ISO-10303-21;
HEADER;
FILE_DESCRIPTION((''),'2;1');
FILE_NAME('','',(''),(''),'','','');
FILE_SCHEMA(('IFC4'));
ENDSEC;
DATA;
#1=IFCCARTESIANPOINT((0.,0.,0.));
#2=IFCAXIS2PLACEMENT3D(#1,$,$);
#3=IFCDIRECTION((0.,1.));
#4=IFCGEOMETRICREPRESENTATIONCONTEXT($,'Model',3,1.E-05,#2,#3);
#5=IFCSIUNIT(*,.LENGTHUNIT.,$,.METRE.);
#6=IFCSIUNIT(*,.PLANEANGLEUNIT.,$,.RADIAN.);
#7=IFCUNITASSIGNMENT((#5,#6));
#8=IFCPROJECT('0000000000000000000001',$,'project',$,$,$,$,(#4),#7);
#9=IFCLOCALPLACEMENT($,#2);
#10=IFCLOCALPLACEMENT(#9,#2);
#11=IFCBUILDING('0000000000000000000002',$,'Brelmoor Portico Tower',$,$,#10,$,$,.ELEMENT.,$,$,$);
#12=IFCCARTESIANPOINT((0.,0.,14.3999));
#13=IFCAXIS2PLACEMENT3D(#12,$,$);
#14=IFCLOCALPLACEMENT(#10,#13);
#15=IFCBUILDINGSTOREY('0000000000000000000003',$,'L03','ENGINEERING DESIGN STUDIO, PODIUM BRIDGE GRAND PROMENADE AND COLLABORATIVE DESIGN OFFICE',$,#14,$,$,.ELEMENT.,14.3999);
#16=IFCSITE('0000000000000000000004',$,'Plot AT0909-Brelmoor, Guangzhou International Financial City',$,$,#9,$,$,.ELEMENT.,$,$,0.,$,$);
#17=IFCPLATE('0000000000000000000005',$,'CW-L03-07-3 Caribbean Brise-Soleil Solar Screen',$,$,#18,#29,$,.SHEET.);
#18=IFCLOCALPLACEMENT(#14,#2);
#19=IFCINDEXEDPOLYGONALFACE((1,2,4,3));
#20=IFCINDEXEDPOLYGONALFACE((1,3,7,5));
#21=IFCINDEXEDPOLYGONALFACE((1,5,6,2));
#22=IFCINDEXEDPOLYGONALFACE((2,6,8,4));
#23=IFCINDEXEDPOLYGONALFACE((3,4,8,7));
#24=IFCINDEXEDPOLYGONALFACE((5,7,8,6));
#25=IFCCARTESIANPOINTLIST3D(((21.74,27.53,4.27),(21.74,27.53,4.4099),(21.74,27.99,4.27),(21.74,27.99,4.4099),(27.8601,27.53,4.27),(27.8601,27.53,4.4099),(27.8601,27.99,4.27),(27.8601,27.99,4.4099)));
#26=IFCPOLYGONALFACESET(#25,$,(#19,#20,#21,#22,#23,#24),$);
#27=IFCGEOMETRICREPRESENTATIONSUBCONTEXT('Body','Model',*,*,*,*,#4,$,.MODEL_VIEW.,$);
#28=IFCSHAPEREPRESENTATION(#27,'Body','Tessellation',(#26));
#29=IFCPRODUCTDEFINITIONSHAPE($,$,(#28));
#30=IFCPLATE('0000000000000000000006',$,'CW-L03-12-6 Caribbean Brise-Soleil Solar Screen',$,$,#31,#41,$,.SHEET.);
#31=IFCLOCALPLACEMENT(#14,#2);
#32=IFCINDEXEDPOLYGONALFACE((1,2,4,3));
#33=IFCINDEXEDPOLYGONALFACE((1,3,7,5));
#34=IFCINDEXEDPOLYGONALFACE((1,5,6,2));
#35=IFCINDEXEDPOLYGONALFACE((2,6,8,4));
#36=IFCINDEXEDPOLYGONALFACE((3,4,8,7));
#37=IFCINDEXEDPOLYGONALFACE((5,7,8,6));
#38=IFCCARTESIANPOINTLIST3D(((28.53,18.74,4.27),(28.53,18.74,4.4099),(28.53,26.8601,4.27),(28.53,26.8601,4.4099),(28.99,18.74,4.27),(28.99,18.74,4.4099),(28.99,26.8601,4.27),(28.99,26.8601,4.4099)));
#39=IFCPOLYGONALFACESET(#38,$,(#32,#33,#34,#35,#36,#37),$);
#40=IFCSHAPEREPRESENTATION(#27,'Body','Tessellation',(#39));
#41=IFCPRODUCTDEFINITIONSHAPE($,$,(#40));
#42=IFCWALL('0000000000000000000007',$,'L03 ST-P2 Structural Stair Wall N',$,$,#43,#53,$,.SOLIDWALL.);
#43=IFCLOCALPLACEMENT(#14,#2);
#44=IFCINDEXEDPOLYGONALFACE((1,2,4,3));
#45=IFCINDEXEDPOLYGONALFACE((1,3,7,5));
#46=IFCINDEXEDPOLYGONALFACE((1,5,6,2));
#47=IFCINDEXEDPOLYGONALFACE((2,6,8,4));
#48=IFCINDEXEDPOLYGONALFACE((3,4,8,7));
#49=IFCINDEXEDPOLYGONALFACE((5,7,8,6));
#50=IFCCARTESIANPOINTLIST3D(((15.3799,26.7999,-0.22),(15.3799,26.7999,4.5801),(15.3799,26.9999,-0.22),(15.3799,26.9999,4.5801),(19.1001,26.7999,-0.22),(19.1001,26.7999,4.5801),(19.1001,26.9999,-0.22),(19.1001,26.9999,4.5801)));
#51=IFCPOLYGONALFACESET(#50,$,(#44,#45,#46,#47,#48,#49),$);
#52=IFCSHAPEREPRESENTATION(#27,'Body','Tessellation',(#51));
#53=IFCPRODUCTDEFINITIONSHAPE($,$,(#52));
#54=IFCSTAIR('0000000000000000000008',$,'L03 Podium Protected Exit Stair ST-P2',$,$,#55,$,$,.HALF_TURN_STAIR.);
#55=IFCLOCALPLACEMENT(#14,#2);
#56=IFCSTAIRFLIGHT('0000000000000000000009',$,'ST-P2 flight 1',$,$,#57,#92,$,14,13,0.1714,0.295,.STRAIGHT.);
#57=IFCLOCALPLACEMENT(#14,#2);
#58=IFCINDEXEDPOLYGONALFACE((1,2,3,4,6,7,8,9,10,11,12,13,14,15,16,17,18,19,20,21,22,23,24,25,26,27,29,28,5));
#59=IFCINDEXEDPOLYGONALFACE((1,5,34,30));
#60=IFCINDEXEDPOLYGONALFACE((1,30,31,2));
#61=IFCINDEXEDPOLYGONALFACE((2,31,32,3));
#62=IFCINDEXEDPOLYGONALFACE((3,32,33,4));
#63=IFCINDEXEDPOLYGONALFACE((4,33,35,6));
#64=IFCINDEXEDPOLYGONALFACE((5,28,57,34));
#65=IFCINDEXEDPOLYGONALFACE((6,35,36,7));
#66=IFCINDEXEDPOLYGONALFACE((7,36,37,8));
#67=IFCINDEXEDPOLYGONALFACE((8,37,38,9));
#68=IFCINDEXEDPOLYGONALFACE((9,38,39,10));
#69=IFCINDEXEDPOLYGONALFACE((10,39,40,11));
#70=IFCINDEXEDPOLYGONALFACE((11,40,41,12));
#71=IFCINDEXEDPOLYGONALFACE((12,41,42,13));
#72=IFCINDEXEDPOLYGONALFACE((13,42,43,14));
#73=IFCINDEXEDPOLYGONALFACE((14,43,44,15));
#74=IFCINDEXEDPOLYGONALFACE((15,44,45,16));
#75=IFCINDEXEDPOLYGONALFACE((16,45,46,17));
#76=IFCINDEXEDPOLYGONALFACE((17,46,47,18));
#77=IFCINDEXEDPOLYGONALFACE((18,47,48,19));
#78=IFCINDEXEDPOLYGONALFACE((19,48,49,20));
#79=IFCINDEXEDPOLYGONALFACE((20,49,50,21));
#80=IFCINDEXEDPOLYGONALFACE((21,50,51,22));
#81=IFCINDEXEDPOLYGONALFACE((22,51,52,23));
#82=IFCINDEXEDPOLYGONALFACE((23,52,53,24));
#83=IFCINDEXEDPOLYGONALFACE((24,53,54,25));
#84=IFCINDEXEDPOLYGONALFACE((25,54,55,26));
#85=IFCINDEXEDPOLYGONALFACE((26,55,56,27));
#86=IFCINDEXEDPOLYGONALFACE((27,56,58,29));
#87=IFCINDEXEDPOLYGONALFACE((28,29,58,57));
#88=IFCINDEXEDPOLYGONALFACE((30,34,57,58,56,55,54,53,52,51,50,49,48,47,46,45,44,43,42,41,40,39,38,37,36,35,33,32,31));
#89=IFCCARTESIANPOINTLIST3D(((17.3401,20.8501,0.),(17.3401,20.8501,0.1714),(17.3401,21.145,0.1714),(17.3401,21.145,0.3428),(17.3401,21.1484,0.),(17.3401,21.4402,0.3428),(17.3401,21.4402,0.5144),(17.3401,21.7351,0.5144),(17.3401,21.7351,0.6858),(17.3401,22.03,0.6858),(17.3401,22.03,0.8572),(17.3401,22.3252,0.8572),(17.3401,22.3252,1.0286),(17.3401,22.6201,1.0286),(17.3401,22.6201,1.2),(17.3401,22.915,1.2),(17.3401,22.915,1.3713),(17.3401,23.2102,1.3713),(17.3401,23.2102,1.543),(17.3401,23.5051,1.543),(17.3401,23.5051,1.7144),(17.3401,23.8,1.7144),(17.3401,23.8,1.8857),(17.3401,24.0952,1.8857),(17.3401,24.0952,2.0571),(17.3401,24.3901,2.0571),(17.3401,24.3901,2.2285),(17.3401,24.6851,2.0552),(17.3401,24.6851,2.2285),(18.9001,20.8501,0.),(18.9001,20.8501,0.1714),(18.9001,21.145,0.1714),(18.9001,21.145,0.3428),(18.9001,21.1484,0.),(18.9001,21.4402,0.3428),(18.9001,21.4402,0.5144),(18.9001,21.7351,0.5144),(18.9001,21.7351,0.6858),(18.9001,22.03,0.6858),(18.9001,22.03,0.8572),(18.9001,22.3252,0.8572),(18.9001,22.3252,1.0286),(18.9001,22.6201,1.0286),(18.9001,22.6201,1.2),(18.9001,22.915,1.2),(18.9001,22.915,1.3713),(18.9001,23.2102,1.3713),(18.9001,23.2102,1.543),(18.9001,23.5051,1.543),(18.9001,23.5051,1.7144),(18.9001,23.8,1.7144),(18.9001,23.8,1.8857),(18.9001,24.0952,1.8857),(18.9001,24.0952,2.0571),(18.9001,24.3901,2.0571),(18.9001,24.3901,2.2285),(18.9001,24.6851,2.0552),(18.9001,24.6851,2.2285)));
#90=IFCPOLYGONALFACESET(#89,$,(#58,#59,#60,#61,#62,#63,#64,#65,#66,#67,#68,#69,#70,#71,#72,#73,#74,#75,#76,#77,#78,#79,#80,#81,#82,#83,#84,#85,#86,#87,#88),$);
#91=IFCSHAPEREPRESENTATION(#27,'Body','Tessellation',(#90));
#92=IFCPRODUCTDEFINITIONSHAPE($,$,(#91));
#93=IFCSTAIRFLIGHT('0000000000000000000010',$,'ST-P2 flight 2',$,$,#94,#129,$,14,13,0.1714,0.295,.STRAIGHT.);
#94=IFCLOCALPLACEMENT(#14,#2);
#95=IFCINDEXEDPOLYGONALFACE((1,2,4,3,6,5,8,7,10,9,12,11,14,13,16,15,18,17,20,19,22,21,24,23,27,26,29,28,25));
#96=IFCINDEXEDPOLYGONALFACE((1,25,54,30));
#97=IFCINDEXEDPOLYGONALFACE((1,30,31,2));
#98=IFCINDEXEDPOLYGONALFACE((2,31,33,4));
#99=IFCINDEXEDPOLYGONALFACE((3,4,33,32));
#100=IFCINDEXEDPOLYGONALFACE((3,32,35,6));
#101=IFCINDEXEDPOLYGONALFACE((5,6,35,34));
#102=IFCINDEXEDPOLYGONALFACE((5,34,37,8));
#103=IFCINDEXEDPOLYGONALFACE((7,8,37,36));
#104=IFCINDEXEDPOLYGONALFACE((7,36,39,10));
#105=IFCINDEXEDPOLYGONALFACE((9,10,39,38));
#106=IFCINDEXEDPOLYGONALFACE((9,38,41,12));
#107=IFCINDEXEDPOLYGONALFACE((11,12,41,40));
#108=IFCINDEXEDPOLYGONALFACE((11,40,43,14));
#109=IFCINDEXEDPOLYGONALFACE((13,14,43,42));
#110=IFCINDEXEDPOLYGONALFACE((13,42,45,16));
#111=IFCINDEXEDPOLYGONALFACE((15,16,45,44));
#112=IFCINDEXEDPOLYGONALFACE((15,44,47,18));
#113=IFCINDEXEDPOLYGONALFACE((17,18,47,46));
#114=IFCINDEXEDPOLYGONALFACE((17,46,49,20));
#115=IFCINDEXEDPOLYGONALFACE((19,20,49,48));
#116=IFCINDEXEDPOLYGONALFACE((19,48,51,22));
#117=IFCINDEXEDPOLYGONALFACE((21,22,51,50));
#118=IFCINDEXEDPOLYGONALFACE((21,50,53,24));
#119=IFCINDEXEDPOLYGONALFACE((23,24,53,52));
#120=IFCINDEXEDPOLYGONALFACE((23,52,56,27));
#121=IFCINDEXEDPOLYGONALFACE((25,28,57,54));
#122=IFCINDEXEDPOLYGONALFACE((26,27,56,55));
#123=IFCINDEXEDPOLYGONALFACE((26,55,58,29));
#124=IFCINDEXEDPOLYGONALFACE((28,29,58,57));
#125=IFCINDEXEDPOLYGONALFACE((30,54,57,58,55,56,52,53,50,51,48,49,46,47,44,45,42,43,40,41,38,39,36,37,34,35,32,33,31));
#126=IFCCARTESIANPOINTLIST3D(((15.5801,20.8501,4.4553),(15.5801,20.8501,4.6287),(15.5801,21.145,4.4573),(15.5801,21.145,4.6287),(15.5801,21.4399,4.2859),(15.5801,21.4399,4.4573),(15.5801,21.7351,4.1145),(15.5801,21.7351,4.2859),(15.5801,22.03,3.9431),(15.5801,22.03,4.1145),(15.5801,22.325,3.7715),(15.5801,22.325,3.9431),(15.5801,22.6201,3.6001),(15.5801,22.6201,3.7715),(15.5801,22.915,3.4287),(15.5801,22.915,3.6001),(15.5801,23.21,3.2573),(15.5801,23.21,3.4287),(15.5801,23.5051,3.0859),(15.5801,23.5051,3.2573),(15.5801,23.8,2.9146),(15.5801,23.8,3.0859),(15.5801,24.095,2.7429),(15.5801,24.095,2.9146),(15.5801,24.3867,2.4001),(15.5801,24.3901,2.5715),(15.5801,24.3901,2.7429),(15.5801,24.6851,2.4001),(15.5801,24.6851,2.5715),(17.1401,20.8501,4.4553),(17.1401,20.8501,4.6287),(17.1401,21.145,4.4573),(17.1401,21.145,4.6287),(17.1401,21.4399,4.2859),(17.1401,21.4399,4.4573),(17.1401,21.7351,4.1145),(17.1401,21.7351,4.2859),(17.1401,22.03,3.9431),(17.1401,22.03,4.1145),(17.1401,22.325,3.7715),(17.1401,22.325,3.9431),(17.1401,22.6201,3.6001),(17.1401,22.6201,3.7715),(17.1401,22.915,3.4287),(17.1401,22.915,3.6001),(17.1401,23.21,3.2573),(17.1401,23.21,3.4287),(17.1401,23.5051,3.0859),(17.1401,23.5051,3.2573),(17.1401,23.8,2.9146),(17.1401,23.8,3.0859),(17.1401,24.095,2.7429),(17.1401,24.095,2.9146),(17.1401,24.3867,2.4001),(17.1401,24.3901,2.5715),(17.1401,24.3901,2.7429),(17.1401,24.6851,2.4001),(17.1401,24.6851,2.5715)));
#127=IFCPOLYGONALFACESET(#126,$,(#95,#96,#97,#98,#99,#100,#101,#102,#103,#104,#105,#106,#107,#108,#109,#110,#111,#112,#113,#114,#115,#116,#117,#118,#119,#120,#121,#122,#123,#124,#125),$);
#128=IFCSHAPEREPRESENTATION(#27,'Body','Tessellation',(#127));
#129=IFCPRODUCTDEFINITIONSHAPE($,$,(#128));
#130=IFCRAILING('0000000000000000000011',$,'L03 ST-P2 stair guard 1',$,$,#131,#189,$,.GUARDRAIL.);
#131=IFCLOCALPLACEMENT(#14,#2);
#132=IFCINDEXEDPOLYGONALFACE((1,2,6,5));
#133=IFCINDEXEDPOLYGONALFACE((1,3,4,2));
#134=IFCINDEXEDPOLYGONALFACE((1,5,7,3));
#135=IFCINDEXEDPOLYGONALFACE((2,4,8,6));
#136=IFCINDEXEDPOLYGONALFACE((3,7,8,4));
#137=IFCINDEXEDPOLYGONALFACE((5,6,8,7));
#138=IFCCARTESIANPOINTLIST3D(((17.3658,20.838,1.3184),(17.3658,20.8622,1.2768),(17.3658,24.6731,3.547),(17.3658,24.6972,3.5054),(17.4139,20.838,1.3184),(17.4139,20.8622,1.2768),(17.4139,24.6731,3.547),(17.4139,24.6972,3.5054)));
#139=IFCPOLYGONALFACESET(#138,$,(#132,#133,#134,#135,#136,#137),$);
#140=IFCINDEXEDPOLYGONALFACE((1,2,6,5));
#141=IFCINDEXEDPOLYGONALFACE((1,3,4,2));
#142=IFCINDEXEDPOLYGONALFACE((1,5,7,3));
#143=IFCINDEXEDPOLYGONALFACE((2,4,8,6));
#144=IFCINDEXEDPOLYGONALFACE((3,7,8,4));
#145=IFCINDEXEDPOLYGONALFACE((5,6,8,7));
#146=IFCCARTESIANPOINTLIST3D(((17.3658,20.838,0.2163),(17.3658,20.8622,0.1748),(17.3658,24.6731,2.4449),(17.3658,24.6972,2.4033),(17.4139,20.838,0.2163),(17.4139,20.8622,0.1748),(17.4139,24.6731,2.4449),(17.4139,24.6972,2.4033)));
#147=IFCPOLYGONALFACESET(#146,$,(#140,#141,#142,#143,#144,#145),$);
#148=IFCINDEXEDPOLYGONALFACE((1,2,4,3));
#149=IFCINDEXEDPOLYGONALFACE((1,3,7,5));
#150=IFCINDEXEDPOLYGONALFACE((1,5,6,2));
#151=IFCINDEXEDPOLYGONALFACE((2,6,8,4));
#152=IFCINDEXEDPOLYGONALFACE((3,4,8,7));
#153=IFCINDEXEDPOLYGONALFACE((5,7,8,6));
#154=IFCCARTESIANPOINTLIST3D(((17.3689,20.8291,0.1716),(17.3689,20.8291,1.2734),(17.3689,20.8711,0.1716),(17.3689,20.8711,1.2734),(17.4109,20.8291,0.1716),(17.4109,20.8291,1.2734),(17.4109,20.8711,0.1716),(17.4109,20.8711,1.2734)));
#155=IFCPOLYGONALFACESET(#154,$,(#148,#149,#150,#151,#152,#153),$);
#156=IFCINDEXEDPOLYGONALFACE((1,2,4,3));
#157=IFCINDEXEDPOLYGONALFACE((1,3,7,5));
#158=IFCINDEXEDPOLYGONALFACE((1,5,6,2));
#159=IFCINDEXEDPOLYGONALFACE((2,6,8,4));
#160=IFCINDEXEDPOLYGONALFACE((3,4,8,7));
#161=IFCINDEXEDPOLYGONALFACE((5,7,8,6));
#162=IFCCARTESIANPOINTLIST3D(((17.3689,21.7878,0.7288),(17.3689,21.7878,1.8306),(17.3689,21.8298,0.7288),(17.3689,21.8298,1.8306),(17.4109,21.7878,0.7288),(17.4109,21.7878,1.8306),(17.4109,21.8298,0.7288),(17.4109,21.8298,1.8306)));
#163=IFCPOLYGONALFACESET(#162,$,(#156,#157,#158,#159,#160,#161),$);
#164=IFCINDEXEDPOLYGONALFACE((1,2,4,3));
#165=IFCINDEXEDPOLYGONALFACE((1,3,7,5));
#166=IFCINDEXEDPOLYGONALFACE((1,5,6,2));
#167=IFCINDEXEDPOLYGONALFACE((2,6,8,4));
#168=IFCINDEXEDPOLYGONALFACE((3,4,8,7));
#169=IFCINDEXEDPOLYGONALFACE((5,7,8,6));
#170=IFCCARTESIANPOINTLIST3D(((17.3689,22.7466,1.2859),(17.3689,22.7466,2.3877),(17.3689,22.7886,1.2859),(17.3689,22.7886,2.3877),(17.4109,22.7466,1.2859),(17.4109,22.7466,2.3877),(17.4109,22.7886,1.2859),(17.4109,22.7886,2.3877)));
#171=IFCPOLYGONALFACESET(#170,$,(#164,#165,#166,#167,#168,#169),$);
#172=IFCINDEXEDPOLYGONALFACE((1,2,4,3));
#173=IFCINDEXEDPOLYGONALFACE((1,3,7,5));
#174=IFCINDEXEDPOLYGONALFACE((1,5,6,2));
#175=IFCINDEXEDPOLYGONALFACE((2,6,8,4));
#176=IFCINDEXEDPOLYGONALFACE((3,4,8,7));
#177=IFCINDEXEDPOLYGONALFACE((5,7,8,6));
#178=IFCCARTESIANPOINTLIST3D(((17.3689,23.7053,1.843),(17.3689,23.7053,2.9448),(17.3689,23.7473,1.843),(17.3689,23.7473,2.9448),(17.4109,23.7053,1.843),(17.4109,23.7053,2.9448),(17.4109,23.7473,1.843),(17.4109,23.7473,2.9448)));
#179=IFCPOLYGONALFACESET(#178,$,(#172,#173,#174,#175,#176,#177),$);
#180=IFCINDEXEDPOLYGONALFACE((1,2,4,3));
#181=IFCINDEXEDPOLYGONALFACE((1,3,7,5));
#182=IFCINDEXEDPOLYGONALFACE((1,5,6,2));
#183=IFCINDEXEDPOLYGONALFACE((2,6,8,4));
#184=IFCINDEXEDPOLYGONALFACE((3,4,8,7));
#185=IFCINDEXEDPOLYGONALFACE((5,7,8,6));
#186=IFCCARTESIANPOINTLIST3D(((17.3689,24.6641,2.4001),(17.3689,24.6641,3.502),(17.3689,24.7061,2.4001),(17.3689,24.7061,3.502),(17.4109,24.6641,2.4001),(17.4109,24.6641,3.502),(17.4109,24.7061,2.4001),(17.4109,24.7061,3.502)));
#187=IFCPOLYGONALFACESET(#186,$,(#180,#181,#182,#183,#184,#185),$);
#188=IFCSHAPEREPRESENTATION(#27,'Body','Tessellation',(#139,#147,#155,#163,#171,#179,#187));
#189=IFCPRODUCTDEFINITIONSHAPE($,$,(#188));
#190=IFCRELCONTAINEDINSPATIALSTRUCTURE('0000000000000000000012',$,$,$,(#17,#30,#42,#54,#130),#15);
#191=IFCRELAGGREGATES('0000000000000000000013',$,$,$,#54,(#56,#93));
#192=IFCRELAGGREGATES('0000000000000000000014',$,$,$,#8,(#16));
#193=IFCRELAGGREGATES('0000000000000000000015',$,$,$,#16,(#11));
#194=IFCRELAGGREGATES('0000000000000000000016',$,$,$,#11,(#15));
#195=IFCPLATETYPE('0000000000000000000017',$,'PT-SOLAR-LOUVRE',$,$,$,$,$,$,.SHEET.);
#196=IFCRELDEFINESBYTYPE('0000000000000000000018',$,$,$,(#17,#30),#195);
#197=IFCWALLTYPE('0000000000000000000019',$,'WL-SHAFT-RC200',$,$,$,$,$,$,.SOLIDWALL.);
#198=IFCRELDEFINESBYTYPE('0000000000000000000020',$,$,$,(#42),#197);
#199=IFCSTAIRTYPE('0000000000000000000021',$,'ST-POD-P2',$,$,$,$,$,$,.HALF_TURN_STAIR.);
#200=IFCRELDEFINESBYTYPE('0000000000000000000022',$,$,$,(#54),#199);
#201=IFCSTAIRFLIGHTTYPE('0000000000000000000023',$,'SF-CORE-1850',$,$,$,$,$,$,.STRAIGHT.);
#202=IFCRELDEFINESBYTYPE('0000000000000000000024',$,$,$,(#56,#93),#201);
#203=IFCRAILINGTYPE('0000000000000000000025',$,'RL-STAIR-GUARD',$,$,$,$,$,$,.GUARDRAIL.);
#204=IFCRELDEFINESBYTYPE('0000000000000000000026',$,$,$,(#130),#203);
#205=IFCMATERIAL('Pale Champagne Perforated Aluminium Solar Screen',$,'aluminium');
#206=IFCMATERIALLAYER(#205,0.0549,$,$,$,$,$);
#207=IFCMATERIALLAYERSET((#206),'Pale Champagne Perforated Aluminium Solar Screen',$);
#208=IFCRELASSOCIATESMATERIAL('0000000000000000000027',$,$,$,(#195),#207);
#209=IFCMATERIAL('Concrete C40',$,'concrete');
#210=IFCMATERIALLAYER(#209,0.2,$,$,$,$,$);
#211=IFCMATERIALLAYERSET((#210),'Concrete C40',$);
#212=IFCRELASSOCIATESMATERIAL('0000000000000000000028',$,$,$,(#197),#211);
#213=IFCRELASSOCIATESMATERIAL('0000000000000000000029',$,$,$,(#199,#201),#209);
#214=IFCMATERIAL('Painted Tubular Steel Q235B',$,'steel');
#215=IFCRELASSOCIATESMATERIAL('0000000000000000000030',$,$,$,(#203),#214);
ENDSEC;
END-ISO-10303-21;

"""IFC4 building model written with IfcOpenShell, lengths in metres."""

from ifc_helpers import new_model, si_unit, direction, frame, frame_2d, origin, origin_2d, place, context, subcontext, project, spatial, polyline, rectangle, outline, extrude, material, layer, layer_set, type_object, element, aggregate, save


model = new_model("IFC4")

# Units and contexts
model_context = context("Model", 3, precision=1e-05, world=origin(), true_north=direction((0.0, 1.0)))
body_context = subcontext(model_context, "Body", "Model", "MODEL_VIEW")
ifc_project = project(units=[si_unit("LENGTHUNIT", "METRE"), si_unit("PLANEANGLEUNIT", "RADIAN")], contexts=[model_context])

# Site, building, storey
site_placement = place(None, origin())
site = spatial("IfcSite", under=ifc_project, at=site_placement, Name="Plot AT0909-Brelmoor, Guangzhou International Financial City", CompositionType="ELEMENT", RefElevation=0.0)
building_placement = place(site_placement, origin())
building = spatial("IfcBuilding", under=site, at=building_placement, Name="Brelmoor Portico Tower", CompositionType="ELEMENT")
storey_placement = place(building_placement, frame((0.0, 0.0, 14.3999)))
storey = spatial("IfcBuildingStorey", under=building, at=storey_placement, Name="L03", Description="ENGINEERING DESIGN STUDIO, PODIUM BRIDGE GRAND PROMENADE AND COLLABORATIVE DESIGN OFFICE", CompositionType="ELEMENT", Elevation=14.3999)

# Plates
ifc_material_1 = material(Name="Pale Champagne Perforated Aluminium Solar Screen", Category="aluminium")
ifc_layer_1 = layer(ifc_material_1, 0.0549)
ifc_layer_set_1 = layer_set([ifc_layer_1], Name="Pale Champagne Perforated Aluminium Solar Screen")
plate_type_1 = type_object("IfcPlateType", Name="PT-SOLAR-LOUVRE", PredefinedType="SHEET", material=ifc_layer_set_1)
plate_1_placement = place(storey_placement, frame((24.8, 27.76, 4.27), z_axis=(0.0, 0.0, 1.0), x_axis=(1.0, 0.0, 0.0)))
element("IfcPlate", 1, at=plate_1_placement, inside=storey, type_object=plate_type_1, Name="CW-L03-07-3 Caribbean Brise-Soleil Solar Screen", PredefinedType="SHEET", context=body_context, shape_type="SweptSolid", body=[
    extrude(rectangle(XDim=6.1201, YDim=0.46, at=origin_2d()), origin(), (0.0, 0.0, 1.0), 0.1399),
])
plate_2_placement = place(storey_placement, frame((28.76, 22.8, 4.27), z_axis=(0.0, 0.0, 1.0), x_axis=(0.0, 1.0, 0.0)))
element("IfcPlate", 2, at=plate_2_placement, inside=storey, type_object=plate_type_1, Name="CW-L03-12-6 Caribbean Brise-Soleil Solar Screen", PredefinedType="SHEET", context=body_context, shape_type="SweptSolid", body=[
    extrude(rectangle(XDim=8.1201, YDim=0.46, at=origin_2d()), origin(), (0.0, 0.0, 1.0), 0.1399),
])

# Wall
ifc_material_2 = material(Name="Concrete C40", Category="concrete")
ifc_layer_2 = layer(ifc_material_2, 0.2)
ifc_layer_set_2 = layer_set([ifc_layer_2], Name="Concrete C40")
wall_type = type_object("IfcWallType", Name="WL-SHAFT-RC200", PredefinedType="SOLIDWALL", material=ifc_layer_set_2)
wall_placement = place(storey_placement, frame((15.3799, 26.8999, -0.22), z_axis=(0.0, 0.0, 1.0), x_axis=(1.0, 0.0, 0.0)))
element("IfcWall", 3, at=wall_placement, inside=storey, type_object=wall_type, Name="L03 ST-P2 Structural Stair Wall N", PredefinedType="SOLIDWALL", context=body_context, shape_type="SweptSolid", body=[
    extrude(rectangle(XDim=3.7202, YDim=0.2, at=frame_2d((1.8601, 0.0))), origin(), (0.0, 0.0, 1.0), 4.8),
])

# Stair, stair flights
stair_type = type_object("IfcStairType", Name="ST-POD-P2", PredefinedType="HALF_TURN_STAIR", material=ifc_material_2)
stair_placement = place(storey_placement, origin())
stair = element("IfcStair", 4, at=stair_placement, inside=storey, type_object=stair_type, Name="L03 Podium Protected Exit Stair ST-P2", PredefinedType="HALF_TURN_STAIR")
stair_flight_type = type_object("IfcStairFlightType", Name="SF-CORE-1850", PredefinedType="STRAIGHT", material=ifc_material_2)
stair_flight_1_placement = place(storey_placement, frame((18.1201, 20.8501, 0.0), z_axis=(0.0, 0.0, 1.0), x_axis=(0.0, 1.0, 0.0)))
stair_flight_1 = element("IfcStairFlight", 5, at=stair_flight_1_placement, type_object=stair_flight_type, Name="ST-P2 flight 1", NumberOfRisers=14, NumberOfTreads=13, PredefinedType="STRAIGHT", RiserHeight=0.1714, TreadLength=0.295, context=body_context, shape_type="SweptSolid", body=[
    extrude(outline(polyline([(0.0, 0.0), (0.0, 0.1714), (0.2949, 0.1714), (0.2949, 0.3428), (0.5901, 0.3428), (0.5901, 0.5144), (0.885, 0.5144), (0.885, 0.6858), (1.1799, 0.6858), (1.1799, 0.8572), (1.4751, 0.8572), (1.4751, 1.0286), (1.77, 1.0286), (1.77, 1.2), (2.0649, 1.2), (2.0649, 1.3713), (2.3601, 1.3713), (2.3601, 1.543), (2.655, 1.543), (2.655, 1.7144), (2.95, 1.7144), (2.95, 1.8857), (3.2451, 1.8857), (3.2451, 2.0571), (3.54, 2.0571), (3.54, 2.2285), (3.835, 2.2285), (3.835, 2.3999), (3.835, 2.0552), (0.2983, 0.0), (0.0, 0.0)])), frame((0.0, 0.78, 0.0), z_axis=(0.0, -1.0, 0.0), x_axis=(1.0, 0.0, 0.0)), (0.0, 0.0, 1.0), 1.5601),
])
stair_flight_2_placement = place(storey_placement, frame((16.3601, 24.6851, 2.4001), z_axis=(0.0, 0.0, 1.0), x_axis=(0.0, -1.0, 0.0)))
stair_flight_2 = element("IfcStairFlight", 6, at=stair_flight_2_placement, type_object=stair_flight_type, Name="ST-P2 flight 2", NumberOfRisers=14, NumberOfTreads=13, PredefinedType="STRAIGHT", RiserHeight=0.1714, TreadLength=0.295, context=body_context, shape_type="SweptSolid", body=[
    extrude(outline(polyline([(0.0, 0.0), (0.0, 0.1714), (0.2949, 0.1714), (0.2949, 0.3428), (0.5901, 0.3428), (0.5901, 0.5144), (0.885, 0.5144), (0.885, 0.6858), (1.1799, 0.6858), (1.1799, 0.8572), (1.4751, 0.8572), (1.4751, 1.0286), (1.77, 1.0286), (1.77, 1.2), (2.0649, 1.2), (2.0649, 1.3713), (2.3601, 1.3713), (2.3601, 1.543), (2.655, 1.543), (2.655, 1.7144), (2.95, 1.7144), (2.95, 1.8857), (3.2451, 1.8857), (3.2451, 2.0571), (3.54, 2.0571), (3.54, 2.2285), (3.835, 2.2285), (3.835, 2.3999), (3.835, 2.0552), (0.2983, 0.0), (0.0, 0.0)])), frame((0.0, 0.78, 0.0), z_axis=(0.0, -1.0, 0.0), x_axis=(1.0, 0.0, 0.0)), (0.0, 0.0, 1.0), 1.5601),
])
aggregate(stair, [stair_flight_1, stair_flight_2])

# Railing
ifc_material_3 = material(Name="Painted Tubular Steel Q235B", Category="steel")
railing_type_1 = type_object("IfcRailingType", Name="RL-STAIR-GUARD", PredefinedType="GUARDRAIL", material=ifc_material_3)
railing_1_placement = place(storey_placement, frame((17.3899, 20.8501, 0.1716)))
element("IfcRailing", 7, at=railing_1_placement, inside=storey, type_object=railing_type_1, Name="L03 ST-P2 stair guard 1", PredefinedType="GUARDRAIL", context=body_context, shape_type="SweptSolid", body=[
    extrude(rectangle(XDim=0.0481, YDim=0.0481, at=origin_2d()), frame((0.0, 0.0, 1.126), z_axis=(0.0, 0.864616, 0.502433), x_axis=(-1.0, 0.0, 0.0)), (0.0, 0.0, 1.0), 4.4355),
    extrude(rectangle(XDim=0.0481, YDim=0.0481, at=origin_2d()), frame((0.0, 0.0, 0.0239), z_axis=(0.0, 0.864616, 0.502433), x_axis=(-1.0, 0.0, 0.0)), (0.0, 0.0, 1.0), 4.4355),
    extrude(rectangle(XDim=0.042, YDim=0.042, at=origin_2d()), origin(), (0.0, 0.0, 1.0), 1.1018),
    extrude(rectangle(XDim=0.042, YDim=0.042, at=origin_2d()), frame((0.0, 0.9587, 0.5571)), (0.0, 0.0, 1.0), 1.1018),
    extrude(rectangle(XDim=0.042, YDim=0.042, at=origin_2d()), frame((0.0, 1.9175, 1.1143)), (0.0, 0.0, 1.0), 1.1018),
    extrude(rectangle(XDim=0.042, YDim=0.042, at=origin_2d()), frame((0.0, 2.8762, 1.6714)), (0.0, 0.0, 1.0), 1.1018),
    extrude(rectangle(XDim=0.042, YDim=0.042, at=origin_2d()), frame((0.0, 3.835, 2.2285)), (0.0, 0.0, 1.0), 1.1018),
])

save(model, "model.ifc")
